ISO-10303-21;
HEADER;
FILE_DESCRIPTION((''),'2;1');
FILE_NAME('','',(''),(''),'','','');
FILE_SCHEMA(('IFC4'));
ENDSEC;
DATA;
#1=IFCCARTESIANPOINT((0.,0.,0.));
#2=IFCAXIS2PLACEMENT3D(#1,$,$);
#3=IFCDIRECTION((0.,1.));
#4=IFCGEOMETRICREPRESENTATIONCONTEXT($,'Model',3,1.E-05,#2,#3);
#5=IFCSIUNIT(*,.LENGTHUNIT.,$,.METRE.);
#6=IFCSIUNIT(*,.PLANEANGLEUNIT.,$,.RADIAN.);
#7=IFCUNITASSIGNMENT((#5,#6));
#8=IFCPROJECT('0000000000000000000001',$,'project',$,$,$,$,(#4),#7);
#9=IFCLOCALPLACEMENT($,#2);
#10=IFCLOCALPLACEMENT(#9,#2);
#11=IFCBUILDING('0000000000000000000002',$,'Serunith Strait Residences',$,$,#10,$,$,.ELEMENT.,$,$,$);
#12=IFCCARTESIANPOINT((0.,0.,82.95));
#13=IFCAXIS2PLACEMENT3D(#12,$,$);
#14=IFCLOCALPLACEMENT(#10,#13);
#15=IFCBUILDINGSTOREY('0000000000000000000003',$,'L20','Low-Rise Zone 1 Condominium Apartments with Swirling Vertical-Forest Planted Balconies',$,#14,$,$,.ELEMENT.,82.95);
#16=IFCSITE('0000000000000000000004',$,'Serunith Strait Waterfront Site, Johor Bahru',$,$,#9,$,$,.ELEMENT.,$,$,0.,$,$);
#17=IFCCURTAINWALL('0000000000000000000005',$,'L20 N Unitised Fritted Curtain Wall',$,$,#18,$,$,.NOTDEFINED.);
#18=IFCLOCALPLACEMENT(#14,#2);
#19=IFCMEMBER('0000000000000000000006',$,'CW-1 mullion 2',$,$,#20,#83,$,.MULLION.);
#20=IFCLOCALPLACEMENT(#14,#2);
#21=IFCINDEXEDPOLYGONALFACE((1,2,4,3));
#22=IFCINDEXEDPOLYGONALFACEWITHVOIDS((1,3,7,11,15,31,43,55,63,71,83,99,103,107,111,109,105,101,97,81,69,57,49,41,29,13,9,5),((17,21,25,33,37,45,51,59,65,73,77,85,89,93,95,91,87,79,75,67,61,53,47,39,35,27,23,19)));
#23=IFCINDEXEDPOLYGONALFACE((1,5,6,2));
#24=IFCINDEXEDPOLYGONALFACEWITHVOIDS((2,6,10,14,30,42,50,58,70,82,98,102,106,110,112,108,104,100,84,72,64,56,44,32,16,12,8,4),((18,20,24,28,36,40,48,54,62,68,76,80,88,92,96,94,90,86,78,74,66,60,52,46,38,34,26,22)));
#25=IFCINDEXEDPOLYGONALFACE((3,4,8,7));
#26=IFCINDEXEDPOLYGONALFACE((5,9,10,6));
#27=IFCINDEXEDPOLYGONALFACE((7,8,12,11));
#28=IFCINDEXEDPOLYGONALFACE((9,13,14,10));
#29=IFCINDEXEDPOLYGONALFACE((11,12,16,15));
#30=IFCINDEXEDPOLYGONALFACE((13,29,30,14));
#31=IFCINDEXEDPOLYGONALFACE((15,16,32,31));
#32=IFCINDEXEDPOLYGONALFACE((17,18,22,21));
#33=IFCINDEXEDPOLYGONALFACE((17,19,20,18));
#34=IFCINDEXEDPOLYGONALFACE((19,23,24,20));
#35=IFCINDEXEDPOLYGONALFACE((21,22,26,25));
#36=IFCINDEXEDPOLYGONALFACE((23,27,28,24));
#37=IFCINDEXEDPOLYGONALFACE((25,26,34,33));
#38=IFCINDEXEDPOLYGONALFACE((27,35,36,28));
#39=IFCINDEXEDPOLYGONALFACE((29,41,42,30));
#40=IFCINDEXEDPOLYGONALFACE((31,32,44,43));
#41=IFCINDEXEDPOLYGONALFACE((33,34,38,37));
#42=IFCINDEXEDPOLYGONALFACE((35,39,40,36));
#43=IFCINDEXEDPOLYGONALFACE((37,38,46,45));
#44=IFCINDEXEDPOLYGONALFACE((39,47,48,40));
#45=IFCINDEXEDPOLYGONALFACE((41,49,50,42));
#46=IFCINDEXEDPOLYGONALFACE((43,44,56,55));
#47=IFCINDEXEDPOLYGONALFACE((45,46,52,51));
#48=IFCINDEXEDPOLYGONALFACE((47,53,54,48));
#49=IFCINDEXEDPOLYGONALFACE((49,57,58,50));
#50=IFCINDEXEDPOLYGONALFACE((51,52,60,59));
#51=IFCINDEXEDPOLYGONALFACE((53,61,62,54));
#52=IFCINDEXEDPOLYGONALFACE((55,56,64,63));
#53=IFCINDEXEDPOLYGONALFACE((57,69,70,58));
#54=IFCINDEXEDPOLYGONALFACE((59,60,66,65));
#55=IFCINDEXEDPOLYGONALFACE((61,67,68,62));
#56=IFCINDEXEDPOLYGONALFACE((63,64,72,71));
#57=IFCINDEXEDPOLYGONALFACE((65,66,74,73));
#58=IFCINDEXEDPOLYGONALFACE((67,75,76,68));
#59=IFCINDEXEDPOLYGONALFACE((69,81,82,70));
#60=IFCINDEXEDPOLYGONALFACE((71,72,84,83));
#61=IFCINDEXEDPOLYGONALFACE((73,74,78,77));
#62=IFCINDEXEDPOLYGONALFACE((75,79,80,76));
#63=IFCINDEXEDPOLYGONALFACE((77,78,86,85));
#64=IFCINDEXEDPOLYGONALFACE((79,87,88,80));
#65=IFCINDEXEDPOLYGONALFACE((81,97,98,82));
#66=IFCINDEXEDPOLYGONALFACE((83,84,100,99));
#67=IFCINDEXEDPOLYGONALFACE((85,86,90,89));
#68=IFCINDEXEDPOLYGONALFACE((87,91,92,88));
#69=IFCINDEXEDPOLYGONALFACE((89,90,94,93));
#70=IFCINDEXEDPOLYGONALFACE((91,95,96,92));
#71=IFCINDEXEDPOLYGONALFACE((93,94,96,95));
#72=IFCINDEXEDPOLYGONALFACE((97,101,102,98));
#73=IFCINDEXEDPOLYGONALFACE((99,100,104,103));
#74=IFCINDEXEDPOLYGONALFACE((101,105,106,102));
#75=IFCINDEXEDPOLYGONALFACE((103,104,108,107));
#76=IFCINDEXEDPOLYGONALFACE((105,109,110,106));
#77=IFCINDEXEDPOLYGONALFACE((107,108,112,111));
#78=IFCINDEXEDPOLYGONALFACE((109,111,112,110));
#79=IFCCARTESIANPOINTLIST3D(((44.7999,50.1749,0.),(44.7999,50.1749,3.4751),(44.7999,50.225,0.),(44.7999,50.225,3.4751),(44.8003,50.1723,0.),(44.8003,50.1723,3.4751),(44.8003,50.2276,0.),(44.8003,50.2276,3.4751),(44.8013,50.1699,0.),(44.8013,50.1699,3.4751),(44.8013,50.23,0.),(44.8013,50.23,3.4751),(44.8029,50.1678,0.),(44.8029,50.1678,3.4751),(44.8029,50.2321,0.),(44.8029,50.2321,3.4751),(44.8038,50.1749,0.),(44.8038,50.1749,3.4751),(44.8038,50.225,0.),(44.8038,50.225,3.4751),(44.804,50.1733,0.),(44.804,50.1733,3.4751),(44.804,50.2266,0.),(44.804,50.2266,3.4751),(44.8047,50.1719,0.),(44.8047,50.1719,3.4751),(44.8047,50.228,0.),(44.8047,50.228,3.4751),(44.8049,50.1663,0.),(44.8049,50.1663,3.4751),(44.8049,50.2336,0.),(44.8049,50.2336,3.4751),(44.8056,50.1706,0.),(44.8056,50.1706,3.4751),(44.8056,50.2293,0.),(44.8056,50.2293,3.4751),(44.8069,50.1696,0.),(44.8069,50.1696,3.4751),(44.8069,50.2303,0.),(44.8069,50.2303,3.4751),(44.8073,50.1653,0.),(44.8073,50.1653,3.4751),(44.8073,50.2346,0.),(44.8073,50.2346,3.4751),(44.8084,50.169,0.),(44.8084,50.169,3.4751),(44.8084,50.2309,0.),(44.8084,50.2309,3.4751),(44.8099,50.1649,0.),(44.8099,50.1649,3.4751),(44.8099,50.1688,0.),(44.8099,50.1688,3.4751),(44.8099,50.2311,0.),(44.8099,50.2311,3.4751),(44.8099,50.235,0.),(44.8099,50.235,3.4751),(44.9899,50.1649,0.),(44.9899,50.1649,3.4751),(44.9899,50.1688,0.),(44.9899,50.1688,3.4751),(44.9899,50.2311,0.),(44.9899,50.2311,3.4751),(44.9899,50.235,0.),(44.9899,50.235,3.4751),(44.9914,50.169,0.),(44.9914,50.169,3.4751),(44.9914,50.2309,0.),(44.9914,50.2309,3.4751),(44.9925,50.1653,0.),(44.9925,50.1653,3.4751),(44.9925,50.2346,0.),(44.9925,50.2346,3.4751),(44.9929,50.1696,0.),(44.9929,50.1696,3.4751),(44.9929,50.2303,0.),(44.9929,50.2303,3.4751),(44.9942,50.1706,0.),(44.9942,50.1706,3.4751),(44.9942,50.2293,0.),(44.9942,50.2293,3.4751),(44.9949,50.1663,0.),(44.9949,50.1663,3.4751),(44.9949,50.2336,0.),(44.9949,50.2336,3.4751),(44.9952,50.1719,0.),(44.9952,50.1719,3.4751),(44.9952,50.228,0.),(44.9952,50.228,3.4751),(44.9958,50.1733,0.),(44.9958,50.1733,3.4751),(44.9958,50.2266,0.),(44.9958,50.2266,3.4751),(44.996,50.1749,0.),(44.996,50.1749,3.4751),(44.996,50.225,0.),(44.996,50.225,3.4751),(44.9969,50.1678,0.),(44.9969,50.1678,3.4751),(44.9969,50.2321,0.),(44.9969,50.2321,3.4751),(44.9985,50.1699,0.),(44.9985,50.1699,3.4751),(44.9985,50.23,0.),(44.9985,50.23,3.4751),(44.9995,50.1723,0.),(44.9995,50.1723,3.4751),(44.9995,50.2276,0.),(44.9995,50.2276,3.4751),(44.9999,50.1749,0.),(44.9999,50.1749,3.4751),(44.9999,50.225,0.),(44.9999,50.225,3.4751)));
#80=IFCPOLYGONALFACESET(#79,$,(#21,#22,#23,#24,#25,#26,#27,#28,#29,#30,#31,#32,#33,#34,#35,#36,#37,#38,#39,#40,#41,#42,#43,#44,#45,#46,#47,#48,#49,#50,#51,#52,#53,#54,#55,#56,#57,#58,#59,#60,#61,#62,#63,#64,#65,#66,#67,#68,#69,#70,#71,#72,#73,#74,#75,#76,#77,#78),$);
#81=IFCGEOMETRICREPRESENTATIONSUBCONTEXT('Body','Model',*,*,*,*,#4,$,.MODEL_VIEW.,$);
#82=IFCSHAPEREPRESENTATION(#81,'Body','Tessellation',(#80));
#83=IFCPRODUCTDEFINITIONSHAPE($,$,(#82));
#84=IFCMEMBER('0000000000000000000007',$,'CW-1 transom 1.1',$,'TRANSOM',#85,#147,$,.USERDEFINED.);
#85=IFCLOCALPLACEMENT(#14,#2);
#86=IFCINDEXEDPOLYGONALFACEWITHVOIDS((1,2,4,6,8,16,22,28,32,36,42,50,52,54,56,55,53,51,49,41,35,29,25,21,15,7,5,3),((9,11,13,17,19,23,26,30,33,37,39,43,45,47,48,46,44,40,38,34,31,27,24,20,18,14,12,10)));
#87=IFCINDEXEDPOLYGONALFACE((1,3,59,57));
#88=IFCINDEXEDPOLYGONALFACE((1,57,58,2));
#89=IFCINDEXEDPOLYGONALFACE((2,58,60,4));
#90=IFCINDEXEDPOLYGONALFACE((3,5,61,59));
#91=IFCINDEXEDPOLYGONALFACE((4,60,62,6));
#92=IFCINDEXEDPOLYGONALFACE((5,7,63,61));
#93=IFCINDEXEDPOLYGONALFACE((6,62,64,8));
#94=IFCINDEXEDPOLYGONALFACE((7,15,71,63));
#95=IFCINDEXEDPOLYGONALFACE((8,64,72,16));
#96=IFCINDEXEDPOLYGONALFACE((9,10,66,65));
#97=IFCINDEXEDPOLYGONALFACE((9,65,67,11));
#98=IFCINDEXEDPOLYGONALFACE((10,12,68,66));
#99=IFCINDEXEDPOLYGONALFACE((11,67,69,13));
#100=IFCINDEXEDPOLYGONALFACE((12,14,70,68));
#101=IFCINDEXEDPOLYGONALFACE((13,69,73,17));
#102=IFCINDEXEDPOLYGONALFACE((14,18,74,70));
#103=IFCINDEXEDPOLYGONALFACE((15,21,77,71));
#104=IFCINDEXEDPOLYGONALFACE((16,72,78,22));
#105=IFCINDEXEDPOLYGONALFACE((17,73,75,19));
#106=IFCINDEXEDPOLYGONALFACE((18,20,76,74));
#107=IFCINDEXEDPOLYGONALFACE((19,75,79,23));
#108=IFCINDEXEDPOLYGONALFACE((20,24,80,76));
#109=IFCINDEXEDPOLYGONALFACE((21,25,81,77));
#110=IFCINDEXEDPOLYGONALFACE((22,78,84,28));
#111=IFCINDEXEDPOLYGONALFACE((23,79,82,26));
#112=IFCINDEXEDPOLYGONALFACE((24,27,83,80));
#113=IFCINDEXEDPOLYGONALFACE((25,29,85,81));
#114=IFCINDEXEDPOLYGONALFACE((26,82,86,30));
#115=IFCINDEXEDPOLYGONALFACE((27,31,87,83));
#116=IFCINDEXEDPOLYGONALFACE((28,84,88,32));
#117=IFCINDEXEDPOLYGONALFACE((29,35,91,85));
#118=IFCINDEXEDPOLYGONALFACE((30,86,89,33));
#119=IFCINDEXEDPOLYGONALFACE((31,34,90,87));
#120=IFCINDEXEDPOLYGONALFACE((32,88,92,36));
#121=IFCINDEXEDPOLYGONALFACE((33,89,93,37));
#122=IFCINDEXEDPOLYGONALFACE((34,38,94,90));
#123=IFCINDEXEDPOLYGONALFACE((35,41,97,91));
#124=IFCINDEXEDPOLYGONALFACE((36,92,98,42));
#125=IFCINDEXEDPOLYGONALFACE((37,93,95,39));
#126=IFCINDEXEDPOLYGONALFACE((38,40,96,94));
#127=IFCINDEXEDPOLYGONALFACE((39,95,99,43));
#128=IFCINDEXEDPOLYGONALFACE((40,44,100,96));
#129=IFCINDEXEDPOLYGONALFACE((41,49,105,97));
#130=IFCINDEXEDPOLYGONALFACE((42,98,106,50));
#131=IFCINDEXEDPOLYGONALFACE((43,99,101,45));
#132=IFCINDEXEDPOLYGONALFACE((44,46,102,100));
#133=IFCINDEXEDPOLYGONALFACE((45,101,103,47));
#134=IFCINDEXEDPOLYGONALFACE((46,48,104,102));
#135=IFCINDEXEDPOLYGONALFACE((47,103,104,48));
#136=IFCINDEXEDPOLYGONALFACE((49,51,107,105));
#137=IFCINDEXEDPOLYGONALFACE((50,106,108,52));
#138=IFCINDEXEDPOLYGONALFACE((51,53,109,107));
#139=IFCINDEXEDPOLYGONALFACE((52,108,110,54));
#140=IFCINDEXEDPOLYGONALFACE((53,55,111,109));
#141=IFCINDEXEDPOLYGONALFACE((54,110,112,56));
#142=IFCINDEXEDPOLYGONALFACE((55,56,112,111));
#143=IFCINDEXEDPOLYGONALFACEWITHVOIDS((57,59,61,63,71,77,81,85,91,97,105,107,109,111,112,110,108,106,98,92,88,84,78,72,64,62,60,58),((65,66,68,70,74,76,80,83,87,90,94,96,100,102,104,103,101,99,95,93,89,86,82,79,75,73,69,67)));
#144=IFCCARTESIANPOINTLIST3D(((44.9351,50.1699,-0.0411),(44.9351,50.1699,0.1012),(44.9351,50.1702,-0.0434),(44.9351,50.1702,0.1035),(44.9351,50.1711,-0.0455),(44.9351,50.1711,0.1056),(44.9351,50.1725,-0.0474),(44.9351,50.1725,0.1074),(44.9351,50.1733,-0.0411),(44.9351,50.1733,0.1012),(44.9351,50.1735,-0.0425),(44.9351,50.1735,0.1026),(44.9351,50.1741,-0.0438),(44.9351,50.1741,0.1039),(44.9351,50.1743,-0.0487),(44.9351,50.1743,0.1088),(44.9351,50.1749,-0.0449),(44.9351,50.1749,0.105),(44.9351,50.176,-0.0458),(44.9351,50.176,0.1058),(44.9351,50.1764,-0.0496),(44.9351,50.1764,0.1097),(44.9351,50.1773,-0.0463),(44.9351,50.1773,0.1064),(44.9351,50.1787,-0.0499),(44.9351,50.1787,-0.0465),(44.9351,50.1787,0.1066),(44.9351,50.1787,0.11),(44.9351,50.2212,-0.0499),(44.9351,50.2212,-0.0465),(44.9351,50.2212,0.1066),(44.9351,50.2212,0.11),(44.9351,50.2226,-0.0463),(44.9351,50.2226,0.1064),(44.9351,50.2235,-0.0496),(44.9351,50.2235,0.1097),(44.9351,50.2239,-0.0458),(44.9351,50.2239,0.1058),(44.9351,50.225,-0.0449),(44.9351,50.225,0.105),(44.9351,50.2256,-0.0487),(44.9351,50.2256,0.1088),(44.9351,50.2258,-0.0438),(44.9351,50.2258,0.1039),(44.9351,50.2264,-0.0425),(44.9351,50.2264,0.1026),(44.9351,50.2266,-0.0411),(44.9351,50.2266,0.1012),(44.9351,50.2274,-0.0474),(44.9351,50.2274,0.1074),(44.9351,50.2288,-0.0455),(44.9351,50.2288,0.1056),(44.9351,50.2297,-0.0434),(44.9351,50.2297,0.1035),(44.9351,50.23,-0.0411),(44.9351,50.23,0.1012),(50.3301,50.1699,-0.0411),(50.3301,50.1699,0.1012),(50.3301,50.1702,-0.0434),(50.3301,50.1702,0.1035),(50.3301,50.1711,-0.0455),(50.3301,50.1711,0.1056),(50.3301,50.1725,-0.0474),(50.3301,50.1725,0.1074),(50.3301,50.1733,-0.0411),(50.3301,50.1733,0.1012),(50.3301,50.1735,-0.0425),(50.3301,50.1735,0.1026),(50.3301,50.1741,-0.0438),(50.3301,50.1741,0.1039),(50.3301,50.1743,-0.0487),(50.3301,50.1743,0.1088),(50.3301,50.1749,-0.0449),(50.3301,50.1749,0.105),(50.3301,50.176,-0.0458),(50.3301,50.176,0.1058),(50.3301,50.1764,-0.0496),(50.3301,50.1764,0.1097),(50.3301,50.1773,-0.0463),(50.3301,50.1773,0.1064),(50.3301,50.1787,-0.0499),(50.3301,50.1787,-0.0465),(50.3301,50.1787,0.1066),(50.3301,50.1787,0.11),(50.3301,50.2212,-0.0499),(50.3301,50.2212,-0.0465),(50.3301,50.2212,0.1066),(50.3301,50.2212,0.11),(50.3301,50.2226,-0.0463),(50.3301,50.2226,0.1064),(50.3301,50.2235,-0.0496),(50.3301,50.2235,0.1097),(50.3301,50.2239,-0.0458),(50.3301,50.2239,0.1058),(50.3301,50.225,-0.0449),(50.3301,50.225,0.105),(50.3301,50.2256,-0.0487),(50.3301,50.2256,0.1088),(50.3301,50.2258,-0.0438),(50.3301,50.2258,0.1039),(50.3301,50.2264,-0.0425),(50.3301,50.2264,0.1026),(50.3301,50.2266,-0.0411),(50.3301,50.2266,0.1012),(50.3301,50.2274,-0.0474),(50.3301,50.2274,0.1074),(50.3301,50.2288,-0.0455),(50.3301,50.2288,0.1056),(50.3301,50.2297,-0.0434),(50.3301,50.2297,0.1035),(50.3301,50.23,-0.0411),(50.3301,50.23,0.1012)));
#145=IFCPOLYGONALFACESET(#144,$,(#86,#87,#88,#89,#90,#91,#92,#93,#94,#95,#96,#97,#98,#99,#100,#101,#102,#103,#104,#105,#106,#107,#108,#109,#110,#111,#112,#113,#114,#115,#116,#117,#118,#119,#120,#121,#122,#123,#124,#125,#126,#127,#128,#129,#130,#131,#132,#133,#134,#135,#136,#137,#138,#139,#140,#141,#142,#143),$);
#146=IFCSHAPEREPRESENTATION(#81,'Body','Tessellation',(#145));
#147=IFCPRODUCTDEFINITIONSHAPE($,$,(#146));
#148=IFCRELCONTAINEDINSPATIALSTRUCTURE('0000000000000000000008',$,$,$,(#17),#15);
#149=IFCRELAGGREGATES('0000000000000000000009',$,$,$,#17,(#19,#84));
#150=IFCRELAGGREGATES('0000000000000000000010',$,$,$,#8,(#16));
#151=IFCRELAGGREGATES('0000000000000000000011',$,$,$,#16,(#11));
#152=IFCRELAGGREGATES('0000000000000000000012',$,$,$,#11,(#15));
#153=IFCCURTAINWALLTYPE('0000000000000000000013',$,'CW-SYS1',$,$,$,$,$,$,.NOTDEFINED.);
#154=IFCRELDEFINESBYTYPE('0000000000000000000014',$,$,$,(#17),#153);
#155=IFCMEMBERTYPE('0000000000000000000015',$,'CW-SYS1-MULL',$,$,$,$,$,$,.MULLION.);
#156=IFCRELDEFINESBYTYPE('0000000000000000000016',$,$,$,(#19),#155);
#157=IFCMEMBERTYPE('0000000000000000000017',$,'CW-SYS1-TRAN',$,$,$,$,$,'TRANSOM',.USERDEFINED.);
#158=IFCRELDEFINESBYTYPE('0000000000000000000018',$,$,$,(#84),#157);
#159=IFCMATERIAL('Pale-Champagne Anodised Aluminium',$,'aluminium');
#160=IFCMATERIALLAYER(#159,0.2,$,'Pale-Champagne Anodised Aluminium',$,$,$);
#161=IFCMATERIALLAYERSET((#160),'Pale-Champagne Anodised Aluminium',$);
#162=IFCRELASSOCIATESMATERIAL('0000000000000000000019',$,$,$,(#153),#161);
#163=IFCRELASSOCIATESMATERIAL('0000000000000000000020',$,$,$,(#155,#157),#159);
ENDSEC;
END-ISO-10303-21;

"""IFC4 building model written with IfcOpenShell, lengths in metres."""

from ifc_helpers import new_model, si_unit, direction, frame, origin, origin_2d, place, context, subcontext, project, spatial, hollow_rectangle, extrude, source, transform, mapped, material, layer, layer_set, material_profile, profile_set, type_object, element, aggregate, save


model = new_model("IFC4")

# Units and contexts
model_context = context("Model", 3, precision=1e-05, world=origin(), true_north=direction((0.0, 1.0)))
body_context = subcontext(model_context, "Body", "Model", "MODEL_VIEW")
ifc_project = project(units=[si_unit("LENGTHUNIT", "METRE"), si_unit("PLANEANGLEUNIT", "RADIAN")], contexts=[model_context])

# Site, building, storey
site_placement = place(None, origin())
site = spatial("IfcSite", under=ifc_project, at=site_placement, Name="Serunith Strait Waterfront Site, Johor Bahru", CompositionType="ELEMENT", RefElevation=0.0)
building_placement = place(site_placement, origin())
building = spatial("IfcBuilding", under=site, at=building_placement, Name="Serunith Strait Residences", CompositionType="ELEMENT")
storey_placement = place(building_placement, frame((0.0, 0.0, 82.95)))
storey = spatial("IfcBuildingStorey", under=building, at=storey_placement, Name="L20", Description="Low-Rise Zone 1 Condominium Apartments with Swirling Vertical-Forest Planted Balconies", CompositionType="ELEMENT", Elevation=82.95)

# Shared definitions
ifc_material_1 = material(Name="Pale-Champagne Anodised Aluminium", Category="aluminium")
ifc_layer_1 = layer(ifc_material_1, 0.2, Name="Pale-Champagne Anodised Aluminium")
ifc_layer_set_1 = layer_set([ifc_layer_1], Name="Pale-Champagne Anodised Aluminium")
curtain_wall_type = type_object("IfcCurtainWallType", Name="CW-SYS1", PredefinedType="NOTDEFINED", material=ifc_layer_set_1)
ifc_material_profile_1 = material_profile(ifc_material_1, hollow_rectangle(XDim=0.0701, YDim=0.2, WallThickness=0.0039, InnerFilletRadius=0.0061, OuterFilletRadius=0.01, at=origin_2d()), Name="ALU 200x70x4")
ifc_profile_set_1 = profile_set([ifc_material_profile_1], Name="Pale-Champagne Anodised Aluminium")
member_type_1 = type_object("IfcMemberType", Name="CW-SYS1-MULL", PredefinedType="MULLION", material=ifc_profile_set_1)
shared_shape_1 = source(origin(), body_context, "Body", "SweptSolid", [
    extrude(hollow_rectangle(XDim=0.0701, YDim=0.2, WallThickness=0.0039, InnerFilletRadius=0.0061, OuterFilletRadius=0.01, at=origin_2d()), origin(), (0.0, 0.0, 1.0), 3.4751),
])

# Curtain wall, members
curtain_wall_1_placement = place(storey_placement, origin())
curtain_wall_1 = element("IfcCurtainWall", 1, at=curtain_wall_1_placement, inside=storey, type_object=curtain_wall_type, Name="L20 N Unitised Fritted Curtain Wall", PredefinedType="NOTDEFINED")
member_1_placement = place(storey_placement, frame((44.8999, 50.2, 0.0), z_axis=(0.0, 0.0, 1.0), x_axis=(0.0, -1.0, 0.0)))
member_1 = element("IfcMember", 2, at=member_1_placement, type_object=member_type_1, Name="CW-1 mullion 2", PredefinedType="MULLION", context=body_context, shape_type="MappedRepresentation", body=[
    mapped(shared_shape_1, transform((0.0, 0.0, 0.0), scale=1.0)),
])
ifc_material_profile_2 = material_profile(ifc_material_1, hollow_rectangle(XDim=0.0601, YDim=0.1599, WallThickness=0.0034, InnerFilletRadius=0.0054, OuterFilletRadius=0.0088, at=origin_2d()), Name="ALU 160x60x3.5")
ifc_profile_set_2 = profile_set([ifc_material_profile_2], Name="Pale-Champagne Anodised Aluminium")
member_type_2 = type_object("IfcMemberType", Name="CW-SYS1-TRAN", ElementType="TRANSOM", PredefinedType="USERDEFINED", material=ifc_profile_set_2)
shared_shape_2 = source(origin(), body_context, "Body", "SweptSolid", [
    extrude(hollow_rectangle(XDim=0.0601, YDim=0.1599, WallThickness=0.0034, InnerFilletRadius=0.0054, OuterFilletRadius=0.0088, at=origin_2d()), origin(), (0.0, 0.0, 1.0), 5.395),
])
member_2_placement = place(storey_placement, frame((50.3301, 50.2, 0.03), z_axis=(-1.0, 0.0, 0.0), x_axis=(0.0, -1.0, 0.0)))
member_2 = element("IfcMember", 3, at=member_2_placement, type_object=member_type_2, Name="CW-1 transom 1.1", ObjectType="TRANSOM", PredefinedType="USERDEFINED", context=body_context, shape_type="MappedRepresentation", body=[
    mapped(shared_shape_2, transform((0.0, 0.0, 0.0), scale=1.0)),
])
aggregate(curtain_wall_1, [member_1, member_2])

save(model, "model.ifc")
